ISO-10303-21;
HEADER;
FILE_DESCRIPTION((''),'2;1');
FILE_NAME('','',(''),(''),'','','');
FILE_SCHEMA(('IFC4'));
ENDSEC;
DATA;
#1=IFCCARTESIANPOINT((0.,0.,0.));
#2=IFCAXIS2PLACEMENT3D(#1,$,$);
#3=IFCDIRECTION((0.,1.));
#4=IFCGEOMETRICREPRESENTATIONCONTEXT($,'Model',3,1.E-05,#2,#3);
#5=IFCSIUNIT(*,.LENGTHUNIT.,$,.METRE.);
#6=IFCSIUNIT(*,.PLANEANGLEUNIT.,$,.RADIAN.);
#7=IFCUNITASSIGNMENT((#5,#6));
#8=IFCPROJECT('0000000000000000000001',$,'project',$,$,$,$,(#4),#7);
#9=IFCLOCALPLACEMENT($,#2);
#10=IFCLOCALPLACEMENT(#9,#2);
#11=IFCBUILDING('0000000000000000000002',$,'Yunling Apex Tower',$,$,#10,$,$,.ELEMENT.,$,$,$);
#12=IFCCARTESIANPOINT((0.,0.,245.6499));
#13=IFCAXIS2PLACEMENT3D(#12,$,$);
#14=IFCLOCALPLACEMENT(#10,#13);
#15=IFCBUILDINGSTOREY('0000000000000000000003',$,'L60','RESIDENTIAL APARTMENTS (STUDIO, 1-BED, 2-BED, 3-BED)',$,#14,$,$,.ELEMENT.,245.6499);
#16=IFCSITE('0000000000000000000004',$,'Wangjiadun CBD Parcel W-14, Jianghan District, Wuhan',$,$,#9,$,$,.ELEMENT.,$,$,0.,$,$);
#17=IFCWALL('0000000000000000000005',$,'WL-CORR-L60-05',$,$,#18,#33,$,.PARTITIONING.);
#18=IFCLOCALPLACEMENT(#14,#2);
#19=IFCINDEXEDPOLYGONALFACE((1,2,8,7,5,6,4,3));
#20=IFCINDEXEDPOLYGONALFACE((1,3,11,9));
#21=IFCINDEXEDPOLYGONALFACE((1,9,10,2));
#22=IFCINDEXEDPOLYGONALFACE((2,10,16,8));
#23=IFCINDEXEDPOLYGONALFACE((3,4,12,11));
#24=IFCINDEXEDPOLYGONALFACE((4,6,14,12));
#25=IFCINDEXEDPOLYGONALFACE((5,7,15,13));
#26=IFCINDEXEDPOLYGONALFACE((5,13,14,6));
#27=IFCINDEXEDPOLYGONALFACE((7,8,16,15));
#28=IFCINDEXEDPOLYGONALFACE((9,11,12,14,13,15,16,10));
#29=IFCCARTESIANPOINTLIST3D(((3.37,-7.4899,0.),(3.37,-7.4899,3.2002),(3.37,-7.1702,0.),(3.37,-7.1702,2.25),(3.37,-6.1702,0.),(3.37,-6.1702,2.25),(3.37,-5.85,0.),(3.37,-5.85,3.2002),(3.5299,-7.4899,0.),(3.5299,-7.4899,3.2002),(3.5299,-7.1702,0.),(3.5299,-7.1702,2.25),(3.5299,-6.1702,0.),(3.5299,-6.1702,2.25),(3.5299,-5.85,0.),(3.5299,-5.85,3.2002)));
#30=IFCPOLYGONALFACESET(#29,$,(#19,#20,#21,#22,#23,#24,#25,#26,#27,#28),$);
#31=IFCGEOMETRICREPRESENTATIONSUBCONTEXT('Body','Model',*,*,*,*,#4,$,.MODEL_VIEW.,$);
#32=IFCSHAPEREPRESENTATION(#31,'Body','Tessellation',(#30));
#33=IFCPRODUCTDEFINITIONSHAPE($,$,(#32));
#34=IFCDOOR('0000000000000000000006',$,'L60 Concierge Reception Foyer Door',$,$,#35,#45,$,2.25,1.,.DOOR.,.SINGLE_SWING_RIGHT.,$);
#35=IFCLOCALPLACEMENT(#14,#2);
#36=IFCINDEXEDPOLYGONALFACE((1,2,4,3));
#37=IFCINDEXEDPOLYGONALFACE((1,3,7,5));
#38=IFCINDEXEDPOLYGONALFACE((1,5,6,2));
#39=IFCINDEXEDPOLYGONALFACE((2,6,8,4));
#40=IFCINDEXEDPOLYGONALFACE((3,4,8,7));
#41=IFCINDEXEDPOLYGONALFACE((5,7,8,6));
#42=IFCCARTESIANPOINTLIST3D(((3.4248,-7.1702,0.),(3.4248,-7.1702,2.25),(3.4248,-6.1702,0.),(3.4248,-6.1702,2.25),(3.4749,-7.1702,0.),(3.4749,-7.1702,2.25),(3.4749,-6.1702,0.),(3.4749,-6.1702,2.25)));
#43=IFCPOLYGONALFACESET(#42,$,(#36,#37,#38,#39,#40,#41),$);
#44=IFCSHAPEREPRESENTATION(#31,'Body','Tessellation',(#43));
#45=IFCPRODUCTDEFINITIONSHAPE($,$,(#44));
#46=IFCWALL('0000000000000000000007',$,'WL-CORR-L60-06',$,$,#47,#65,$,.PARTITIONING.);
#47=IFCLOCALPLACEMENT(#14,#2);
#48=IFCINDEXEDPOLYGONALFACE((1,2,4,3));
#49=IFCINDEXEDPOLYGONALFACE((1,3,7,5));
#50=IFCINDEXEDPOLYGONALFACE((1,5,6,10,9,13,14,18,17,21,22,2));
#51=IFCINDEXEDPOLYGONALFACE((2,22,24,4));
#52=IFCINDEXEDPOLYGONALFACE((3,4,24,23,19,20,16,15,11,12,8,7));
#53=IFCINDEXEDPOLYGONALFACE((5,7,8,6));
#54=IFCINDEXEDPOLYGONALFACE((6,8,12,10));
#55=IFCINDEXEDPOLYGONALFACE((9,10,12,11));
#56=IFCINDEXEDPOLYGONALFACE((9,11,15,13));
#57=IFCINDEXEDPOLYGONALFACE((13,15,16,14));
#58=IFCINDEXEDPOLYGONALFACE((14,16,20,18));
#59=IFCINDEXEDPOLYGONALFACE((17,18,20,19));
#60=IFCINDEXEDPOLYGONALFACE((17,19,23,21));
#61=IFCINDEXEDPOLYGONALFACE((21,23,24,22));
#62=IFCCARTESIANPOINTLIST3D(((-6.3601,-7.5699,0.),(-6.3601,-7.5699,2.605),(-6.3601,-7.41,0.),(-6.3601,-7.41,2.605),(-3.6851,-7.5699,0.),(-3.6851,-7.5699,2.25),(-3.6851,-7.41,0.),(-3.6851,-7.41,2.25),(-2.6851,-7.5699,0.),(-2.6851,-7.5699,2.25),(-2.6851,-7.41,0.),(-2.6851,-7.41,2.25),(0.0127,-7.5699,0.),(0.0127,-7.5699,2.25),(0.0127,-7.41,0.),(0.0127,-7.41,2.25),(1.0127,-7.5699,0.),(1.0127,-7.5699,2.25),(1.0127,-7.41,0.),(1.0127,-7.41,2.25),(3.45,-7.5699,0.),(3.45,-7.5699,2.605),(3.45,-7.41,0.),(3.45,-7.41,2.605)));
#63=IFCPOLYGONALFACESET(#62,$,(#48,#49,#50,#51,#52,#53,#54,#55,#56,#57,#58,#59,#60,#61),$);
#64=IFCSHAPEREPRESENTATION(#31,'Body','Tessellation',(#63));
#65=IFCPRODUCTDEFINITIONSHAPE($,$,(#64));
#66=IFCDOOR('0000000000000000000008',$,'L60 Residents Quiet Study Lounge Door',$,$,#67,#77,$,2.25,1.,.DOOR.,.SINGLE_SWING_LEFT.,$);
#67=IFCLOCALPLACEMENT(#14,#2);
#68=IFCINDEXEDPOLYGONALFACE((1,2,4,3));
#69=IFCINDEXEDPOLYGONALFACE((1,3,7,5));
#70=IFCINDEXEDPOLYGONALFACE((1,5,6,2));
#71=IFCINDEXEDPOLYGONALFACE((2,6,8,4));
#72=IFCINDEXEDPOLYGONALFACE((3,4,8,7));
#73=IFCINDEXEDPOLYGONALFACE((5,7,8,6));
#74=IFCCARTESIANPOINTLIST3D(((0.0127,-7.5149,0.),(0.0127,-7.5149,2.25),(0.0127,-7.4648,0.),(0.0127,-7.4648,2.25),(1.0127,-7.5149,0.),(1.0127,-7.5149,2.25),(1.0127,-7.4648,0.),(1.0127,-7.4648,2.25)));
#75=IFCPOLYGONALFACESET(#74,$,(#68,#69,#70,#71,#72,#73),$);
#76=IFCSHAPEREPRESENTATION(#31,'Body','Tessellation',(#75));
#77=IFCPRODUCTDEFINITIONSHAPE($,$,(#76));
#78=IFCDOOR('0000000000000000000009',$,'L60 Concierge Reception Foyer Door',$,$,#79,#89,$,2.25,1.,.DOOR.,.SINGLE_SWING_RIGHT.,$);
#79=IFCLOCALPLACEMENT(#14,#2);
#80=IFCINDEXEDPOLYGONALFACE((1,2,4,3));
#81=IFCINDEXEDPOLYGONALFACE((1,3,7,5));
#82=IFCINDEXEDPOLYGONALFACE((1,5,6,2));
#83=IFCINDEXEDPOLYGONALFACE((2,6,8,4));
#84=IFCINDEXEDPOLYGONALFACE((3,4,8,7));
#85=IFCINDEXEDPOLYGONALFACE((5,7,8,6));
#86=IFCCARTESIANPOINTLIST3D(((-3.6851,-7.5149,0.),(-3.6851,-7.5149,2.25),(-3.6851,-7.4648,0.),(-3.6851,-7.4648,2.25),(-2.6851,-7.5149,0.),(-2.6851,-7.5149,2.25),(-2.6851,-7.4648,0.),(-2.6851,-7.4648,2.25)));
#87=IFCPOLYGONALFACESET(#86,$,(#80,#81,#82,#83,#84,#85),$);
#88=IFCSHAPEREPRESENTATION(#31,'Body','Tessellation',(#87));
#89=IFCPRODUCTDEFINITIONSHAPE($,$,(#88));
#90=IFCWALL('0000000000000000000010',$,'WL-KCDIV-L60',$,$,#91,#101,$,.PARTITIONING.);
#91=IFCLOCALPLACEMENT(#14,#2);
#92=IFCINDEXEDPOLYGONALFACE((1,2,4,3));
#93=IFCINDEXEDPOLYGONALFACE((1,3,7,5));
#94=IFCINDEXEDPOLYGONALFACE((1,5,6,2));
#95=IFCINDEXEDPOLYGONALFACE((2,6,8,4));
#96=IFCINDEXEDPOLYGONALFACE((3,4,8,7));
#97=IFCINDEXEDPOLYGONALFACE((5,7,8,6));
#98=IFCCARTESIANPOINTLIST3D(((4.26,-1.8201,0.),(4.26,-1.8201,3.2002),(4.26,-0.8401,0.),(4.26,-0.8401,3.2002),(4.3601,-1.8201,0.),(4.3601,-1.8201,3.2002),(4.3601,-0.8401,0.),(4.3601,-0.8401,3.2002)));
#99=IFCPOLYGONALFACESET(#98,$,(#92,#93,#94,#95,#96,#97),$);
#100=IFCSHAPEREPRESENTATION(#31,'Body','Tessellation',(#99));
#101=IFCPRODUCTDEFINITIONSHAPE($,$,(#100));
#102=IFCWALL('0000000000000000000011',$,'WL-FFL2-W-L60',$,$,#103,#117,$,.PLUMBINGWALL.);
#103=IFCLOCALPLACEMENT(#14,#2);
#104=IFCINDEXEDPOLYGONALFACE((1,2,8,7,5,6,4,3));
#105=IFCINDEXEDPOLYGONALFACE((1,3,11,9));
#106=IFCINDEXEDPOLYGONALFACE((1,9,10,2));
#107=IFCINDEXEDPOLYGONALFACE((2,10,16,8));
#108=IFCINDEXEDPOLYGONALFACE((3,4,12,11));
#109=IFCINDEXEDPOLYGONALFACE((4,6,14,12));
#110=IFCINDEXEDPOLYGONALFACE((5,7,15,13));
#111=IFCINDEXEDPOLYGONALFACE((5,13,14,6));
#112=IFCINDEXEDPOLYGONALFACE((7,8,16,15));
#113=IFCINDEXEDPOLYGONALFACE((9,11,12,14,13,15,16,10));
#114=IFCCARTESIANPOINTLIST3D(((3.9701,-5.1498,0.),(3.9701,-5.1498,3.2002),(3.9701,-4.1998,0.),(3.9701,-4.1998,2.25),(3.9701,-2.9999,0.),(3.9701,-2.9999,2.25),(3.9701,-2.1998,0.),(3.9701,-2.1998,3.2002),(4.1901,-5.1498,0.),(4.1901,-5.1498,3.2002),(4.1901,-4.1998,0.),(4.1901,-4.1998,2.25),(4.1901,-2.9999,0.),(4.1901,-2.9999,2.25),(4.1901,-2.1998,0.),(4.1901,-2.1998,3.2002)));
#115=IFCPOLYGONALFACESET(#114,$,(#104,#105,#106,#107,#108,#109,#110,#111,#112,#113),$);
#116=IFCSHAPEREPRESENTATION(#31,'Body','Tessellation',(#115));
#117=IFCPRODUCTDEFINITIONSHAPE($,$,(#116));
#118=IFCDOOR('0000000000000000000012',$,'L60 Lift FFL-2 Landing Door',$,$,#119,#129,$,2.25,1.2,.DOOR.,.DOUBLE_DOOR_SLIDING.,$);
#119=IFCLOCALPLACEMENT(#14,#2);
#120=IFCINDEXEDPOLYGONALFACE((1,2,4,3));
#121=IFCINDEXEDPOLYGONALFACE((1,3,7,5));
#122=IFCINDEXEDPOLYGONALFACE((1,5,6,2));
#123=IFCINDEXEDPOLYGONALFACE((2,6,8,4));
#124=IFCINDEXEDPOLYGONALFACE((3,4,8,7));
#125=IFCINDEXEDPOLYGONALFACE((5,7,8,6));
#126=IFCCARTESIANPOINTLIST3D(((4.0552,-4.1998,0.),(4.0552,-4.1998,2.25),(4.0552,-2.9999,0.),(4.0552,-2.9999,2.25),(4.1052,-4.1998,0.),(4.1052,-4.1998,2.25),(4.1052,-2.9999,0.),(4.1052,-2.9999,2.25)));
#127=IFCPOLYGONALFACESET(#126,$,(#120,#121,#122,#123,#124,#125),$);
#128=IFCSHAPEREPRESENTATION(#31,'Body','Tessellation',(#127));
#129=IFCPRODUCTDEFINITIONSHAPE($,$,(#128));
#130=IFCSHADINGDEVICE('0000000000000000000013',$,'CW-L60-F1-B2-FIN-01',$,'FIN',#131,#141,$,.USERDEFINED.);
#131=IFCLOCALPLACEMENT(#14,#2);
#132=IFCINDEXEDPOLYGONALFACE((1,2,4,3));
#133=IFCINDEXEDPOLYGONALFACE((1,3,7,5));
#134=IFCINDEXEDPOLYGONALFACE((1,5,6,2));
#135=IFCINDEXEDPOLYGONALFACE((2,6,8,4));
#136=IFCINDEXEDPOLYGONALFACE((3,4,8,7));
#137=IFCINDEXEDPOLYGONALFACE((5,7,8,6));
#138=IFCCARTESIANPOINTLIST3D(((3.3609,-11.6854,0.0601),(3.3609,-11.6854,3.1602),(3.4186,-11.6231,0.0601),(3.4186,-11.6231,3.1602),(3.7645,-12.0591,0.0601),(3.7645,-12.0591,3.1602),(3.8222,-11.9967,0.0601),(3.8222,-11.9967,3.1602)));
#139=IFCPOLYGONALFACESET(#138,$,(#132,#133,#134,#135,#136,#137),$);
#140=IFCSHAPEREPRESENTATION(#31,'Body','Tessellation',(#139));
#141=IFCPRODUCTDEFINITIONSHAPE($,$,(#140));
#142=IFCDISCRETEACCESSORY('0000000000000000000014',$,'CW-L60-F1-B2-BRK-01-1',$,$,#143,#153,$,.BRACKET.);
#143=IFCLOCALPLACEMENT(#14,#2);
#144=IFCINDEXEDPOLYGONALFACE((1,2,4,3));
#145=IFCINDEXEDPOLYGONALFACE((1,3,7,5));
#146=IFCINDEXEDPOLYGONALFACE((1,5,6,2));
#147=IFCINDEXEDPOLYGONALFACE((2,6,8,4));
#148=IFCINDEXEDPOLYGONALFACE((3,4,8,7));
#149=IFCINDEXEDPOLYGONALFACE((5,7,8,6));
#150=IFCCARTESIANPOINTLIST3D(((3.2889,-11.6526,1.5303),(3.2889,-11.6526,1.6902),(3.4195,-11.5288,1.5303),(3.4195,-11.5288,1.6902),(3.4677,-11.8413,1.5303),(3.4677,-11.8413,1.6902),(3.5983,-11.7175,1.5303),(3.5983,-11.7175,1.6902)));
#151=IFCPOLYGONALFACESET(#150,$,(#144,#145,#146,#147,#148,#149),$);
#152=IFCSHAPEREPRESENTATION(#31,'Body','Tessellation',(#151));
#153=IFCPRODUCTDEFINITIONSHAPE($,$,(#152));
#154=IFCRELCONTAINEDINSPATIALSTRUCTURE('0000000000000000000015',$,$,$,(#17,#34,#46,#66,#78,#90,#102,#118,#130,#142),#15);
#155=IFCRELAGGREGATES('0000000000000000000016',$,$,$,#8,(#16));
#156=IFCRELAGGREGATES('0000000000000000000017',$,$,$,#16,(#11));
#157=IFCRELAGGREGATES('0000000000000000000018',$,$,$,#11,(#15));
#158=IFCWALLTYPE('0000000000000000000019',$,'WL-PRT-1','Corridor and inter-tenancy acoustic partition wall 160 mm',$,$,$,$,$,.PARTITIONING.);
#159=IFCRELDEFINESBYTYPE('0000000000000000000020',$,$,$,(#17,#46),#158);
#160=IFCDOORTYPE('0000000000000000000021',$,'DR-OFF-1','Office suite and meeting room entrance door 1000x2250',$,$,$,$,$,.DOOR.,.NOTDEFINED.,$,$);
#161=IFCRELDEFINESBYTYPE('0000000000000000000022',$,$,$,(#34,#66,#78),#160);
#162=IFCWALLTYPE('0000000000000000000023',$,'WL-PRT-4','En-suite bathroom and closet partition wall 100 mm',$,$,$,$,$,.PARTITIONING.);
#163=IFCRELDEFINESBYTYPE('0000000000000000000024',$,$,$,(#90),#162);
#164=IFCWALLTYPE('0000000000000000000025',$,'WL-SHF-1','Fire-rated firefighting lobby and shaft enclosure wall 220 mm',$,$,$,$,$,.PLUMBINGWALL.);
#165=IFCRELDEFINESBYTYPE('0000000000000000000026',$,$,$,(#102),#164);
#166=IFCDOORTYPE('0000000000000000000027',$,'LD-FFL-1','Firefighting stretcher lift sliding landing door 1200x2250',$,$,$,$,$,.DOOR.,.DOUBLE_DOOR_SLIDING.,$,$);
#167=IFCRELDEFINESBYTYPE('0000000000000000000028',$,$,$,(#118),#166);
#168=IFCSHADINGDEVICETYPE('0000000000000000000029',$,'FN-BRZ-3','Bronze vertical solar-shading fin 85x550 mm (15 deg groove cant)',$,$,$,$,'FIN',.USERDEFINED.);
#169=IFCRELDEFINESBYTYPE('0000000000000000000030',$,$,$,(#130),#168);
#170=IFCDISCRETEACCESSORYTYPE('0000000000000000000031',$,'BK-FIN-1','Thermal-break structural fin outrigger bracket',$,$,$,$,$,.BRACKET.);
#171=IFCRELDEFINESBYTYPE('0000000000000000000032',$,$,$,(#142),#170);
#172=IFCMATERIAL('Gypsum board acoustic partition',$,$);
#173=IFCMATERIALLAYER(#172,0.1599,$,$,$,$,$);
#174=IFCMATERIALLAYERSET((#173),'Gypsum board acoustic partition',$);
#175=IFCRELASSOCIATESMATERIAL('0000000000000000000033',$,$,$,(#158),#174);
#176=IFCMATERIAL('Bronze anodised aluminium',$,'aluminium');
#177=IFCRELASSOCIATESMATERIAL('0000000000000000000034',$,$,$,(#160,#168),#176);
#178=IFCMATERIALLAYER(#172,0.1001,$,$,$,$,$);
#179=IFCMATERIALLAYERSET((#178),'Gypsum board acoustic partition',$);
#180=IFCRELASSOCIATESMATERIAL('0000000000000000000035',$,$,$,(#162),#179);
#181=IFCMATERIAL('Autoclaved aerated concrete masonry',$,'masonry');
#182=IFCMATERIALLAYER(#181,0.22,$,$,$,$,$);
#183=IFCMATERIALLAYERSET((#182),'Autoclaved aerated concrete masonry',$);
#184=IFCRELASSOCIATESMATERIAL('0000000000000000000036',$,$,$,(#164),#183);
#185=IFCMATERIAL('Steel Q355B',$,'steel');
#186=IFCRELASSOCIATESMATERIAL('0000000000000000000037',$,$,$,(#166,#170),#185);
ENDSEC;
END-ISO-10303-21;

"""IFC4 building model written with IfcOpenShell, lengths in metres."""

from ifc_helpers import new_model, si_unit, direction, frame, frame_2d, origin, origin_2d, place, context, subcontext, project, spatial, rectangle, extrude, source, transform, mapped, material, layer, layer_set, material_profile, profile_set, type_object, element, fill, save


model = new_model("IFC4")

# Units and contexts
model_context = context("Model", 3, precision=1e-05, world=origin(), true_north=direction((0.0, 1.0)))
body_context = subcontext(model_context, "Body", "Model", "MODEL_VIEW")
ifc_project = project(units=[si_unit("LENGTHUNIT", "METRE"), si_unit("PLANEANGLEUNIT", "RADIAN")], contexts=[model_context])

# Site, building, storey
site_placement = place(None, origin())
site = spatial("IfcSite", under=ifc_project, at=site_placement, Name="Wangjiadun CBD Parcel W-14, Jianghan District, Wuhan", CompositionType="ELEMENT", RefElevation=0.0)
building_placement = place(site_placement, origin())
building = spatial("IfcBuilding", under=site, at=building_placement, Name="Yunling Apex Tower", CompositionType="ELEMENT")
storey_placement = place(building_placement, frame((0.0, 0.0, 245.6499)))
storey = spatial("IfcBuildingStorey", under=building, at=storey_placement, Name="L60", Description="RESIDENTIAL APARTMENTS (STUDIO, 1-BED, 2-BED, 3-BED)", CompositionType="ELEMENT", Elevation=245.6499)

# Shared definitions
ifc_material_1 = material(Name="Steel Q355B", Category="steel")

# Shared definitions
ifc_material_2 = material(Name="Bronze anodised aluminium", Category="aluminium")

# Wall, opening, door
ifc_material_3 = material(Name="Gypsum board acoustic partition")
ifc_layer_1 = layer(ifc_material_3, 0.1599)
ifc_layer_set_1 = layer_set([ifc_layer_1], Name="Gypsum board acoustic partition")
wall_type_1 = type_object("IfcWallType", Name="WL-PRT-1", Description="Corridor and inter-tenancy acoustic partition wall 160 mm", PredefinedType="PARTITIONING", material=ifc_layer_set_1)
wall_1_placement = place(storey_placement, frame((3.45, -5.8501, 0.0), z_axis=(0.0, 0.0, 1.0), x_axis=(0.0, -1.0, 0.0)))
wall_1 = element("IfcWall", 1, at=wall_1_placement, inside=storey, type_object=wall_type_1, Name="WL-CORR-L60-05", PredefinedType="PARTITIONING", context=body_context, shape_type="SweptSolid", body=[
    extrude(rectangle(XDim=1.6399, YDim=0.1599, at=frame_2d((0.8198, 0.0))), origin(), (0.0, 0.0, 1.0), 3.2002),
])
opening_1_placement = place(wall_1_placement, frame((0.3201, 0.0, 0.0)))
opening_1 = element("IfcOpeningElement", 2, at=opening_1_placement, cuts=wall_1, PredefinedType="OPENING", context=body_context, shape_type="SweptSolid", body=[
    extrude(rectangle(XDim=1.0, YDim=2.25, at=frame_2d((0.5, 1.125))), frame((0.0, 0.0898, 0.0), z_axis=(0.0, -1.0, 0.0), x_axis=(1.0, 0.0, 0.0)), (0.0, 0.0, 1.0), 0.1799),
])
door_type_1 = type_object("IfcDoorType", Name="DR-OFF-1", Description="Office suite and meeting room entrance door 1000x2250", OperationType="NOTDEFINED", PredefinedType="DOOR", material=ifc_material_2)
door_1_placement = place(opening_1_placement, origin())
door_1 = element("IfcDoor", 3, at=door_1_placement, inside=storey, type_object=door_type_1, Name="L60 Concierge Reception Foyer Door", OperationType="SINGLE_SWING_RIGHT", OverallHeight=2.25, OverallWidth=1.0, PredefinedType="DOOR", context=body_context, shape_type="SweptSolid", body=[
    extrude(rectangle(XDim=1.0, YDim=2.25, at=frame_2d((0.5, 1.125))), frame((0.0, 0.0249, 0.0), z_axis=(0.0, -1.0, 0.0), x_axis=(1.0, 0.0, 0.0)), (0.0, 0.0, 1.0), 0.05),
])
fill(opening_1, door_1)

# Wall, openings, doors
wall_2_placement = place(storey_placement, frame((3.45, -7.49, 0.0), z_axis=(0.0, 0.0, 1.0), x_axis=(-1.0, 0.0, 0.0)))
wall_2 = element("IfcWall", 4, at=wall_2_placement, inside=storey, type_object=wall_type_1, Name="WL-CORR-L60-06", PredefinedType="PARTITIONING", context=body_context, shape_type="SweptSolid", body=[
    extrude(rectangle(XDim=9.8101, YDim=0.1599, at=frame_2d((4.905, 0.0))), origin(), (0.0, 0.0, 1.0), 2.605),
])
opening_2_placement = place(wall_2_placement, frame((2.4373, 0.0, 0.0)))
opening_2 = element("IfcOpeningElement", 5, at=opening_2_placement, cuts=wall_2, PredefinedType="OPENING", context=body_context, shape_type="SweptSolid", body=[
    extrude(rectangle(XDim=1.0, YDim=2.25, at=frame_2d((0.5, 1.125))), frame((0.0, 0.0898, 0.0), z_axis=(0.0, -1.0, 0.0), x_axis=(1.0, 0.0, 0.0)), (0.0, 0.0, 1.0), 0.1799),
])
opening_3_placement = place(wall_2_placement, frame((6.135, 0.0, 0.0)))
opening_3 = element("IfcOpeningElement", 6, at=opening_3_placement, cuts=wall_2, PredefinedType="OPENING", context=body_context, shape_type="SweptSolid", body=[
    extrude(rectangle(XDim=1.0, YDim=2.25, at=frame_2d((0.5, 1.125))), frame((0.0, 0.0898, 0.0), z_axis=(0.0, -1.0, 0.0), x_axis=(1.0, 0.0, 0.0)), (0.0, 0.0, 1.0), 0.1799),
])
door_2_placement = place(opening_2_placement, origin())
door_2 = element("IfcDoor", 7, at=door_2_placement, inside=storey, type_object=door_type_1, Name="L60 Residents Quiet Study Lounge Door", OperationType="SINGLE_SWING_LEFT", OverallHeight=2.25, OverallWidth=1.0, PredefinedType="DOOR", context=body_context, shape_type="SweptSolid", body=[
    extrude(rectangle(XDim=1.0, YDim=2.25, at=frame_2d((0.5, 1.125))), frame((0.0, 0.0249, 0.0), z_axis=(0.0, -1.0, 0.0), x_axis=(1.0, 0.0, 0.0)), (0.0, 0.0, 1.0), 0.05),
])
fill(opening_2, door_2)
door_3_placement = place(opening_3_placement, origin())
door_3 = element("IfcDoor", 8, at=door_3_placement, inside=storey, type_object=door_type_1, Name="L60 Concierge Reception Foyer Door", OperationType="SINGLE_SWING_RIGHT", OverallHeight=2.25, OverallWidth=1.0, PredefinedType="DOOR", context=body_context, shape_type="SweptSolid", body=[
    extrude(rectangle(XDim=1.0, YDim=2.25, at=frame_2d((0.5, 1.125))), frame((0.0, 0.0249, 0.0), z_axis=(0.0, -1.0, 0.0), x_axis=(1.0, 0.0, 0.0)), (0.0, 0.0, 1.0), 0.05),
])
fill(opening_3, door_3)

# Wall
ifc_layer_2 = layer(ifc_material_3, 0.1001)
ifc_layer_set_2 = layer_set([ifc_layer_2], Name="Gypsum board acoustic partition")
wall_type_2 = type_object("IfcWallType", Name="WL-PRT-4", Description="En-suite bathroom and closet partition wall 100 mm", PredefinedType="PARTITIONING", material=ifc_layer_set_2)
wall_3_placement = place(storey_placement, frame((4.3101, -1.8201, 0.0), z_axis=(0.0, 0.0, 1.0), x_axis=(0.0, 1.0, 0.0)))
element("IfcWall", 9, at=wall_3_placement, inside=storey, type_object=wall_type_2, Name="WL-KCDIV-L60", PredefinedType="PARTITIONING", context=body_context, shape_type="SweptSolid", body=[
    extrude(rectangle(XDim=0.98, YDim=0.1001, at=frame_2d((0.49, 0.0))), origin(), (0.0, 0.0, 1.0), 3.2002),
])

# Wall, opening, door
ifc_material_4 = material(Name="Autoclaved aerated concrete masonry", Category="masonry")
ifc_layer_3 = layer(ifc_material_4, 0.22)
ifc_layer_set_3 = layer_set([ifc_layer_3], Name="Autoclaved aerated concrete masonry")
wall_type_3 = type_object("IfcWallType", Name="WL-SHF-1", Description="Fire-rated firefighting lobby and shaft enclosure wall 220 mm", PredefinedType="PLUMBINGWALL", material=ifc_layer_set_3)
wall_4_placement = place(storey_placement, frame((4.0801, -5.1499, 0.0), z_axis=(0.0, 0.0, 1.0), x_axis=(0.0, 1.0, 0.0)))
wall_4 = element("IfcWall", 10, at=wall_4_placement, inside=storey, type_object=wall_type_3, Name="WL-FFL2-W-L60", PredefinedType="PLUMBINGWALL", context=body_context, shape_type="SweptSolid", body=[
    extrude(rectangle(XDim=2.95, YDim=0.22, at=frame_2d((1.4751, 0.0))), origin(), (0.0, 0.0, 1.0), 3.2002),
])
opening_4_placement = place(wall_4_placement, frame((0.95, 0.0, 0.0)))
opening_4 = element("IfcOpeningElement", 11, at=opening_4_placement, cuts=wall_4, PredefinedType="OPENING", context=body_context, shape_type="SweptSolid", body=[
    extrude(rectangle(XDim=1.2, YDim=2.25, at=frame_2d((0.6001, 1.125))), frame((0.0, 0.1201, 0.0), z_axis=(0.0, -1.0, 0.0), x_axis=(1.0, 0.0, 0.0)), (0.0, 0.0, 1.0), 0.24),
])
door_type_2 = type_object("IfcDoorType", Name="LD-FFL-1", Description="Firefighting stretcher lift sliding landing door 1200x2250", OperationType="DOUBLE_DOOR_SLIDING", PredefinedType="DOOR", material=ifc_material_1)
door_4_placement = place(opening_4_placement, origin())
door_4 = element("IfcDoor", 12, at=door_4_placement, inside=storey, type_object=door_type_2, Name="L60 Lift FFL-2 Landing Door", OperationType="DOUBLE_DOOR_SLIDING", OverallHeight=2.25, OverallWidth=1.2, PredefinedType="DOOR", context=body_context, shape_type="SweptSolid", body=[
    extrude(rectangle(XDim=1.2, YDim=2.25, at=frame_2d((0.6001, 1.125))), frame((0.0, 0.0249, 0.0), z_axis=(0.0, -1.0, 0.0), x_axis=(1.0, 0.0, 0.0)), (0.0, 0.0, 1.0), 0.05),
])
fill(opening_4, door_4)

# Shading device
ifc_material_profile_1 = material_profile(ifc_material_2, rectangle(XDim=0.085, YDim=0.55, at=origin_2d()))
ifc_profile_set_1 = profile_set([ifc_material_profile_1], Name="Bronze anodised aluminium")
shading_device_type = type_object("IfcShadingDeviceType", Name="FN-BRZ-3", Description="Bronze vertical solar-shading fin 85x550 mm (15 deg groove cant)", ElementType="FIN", PredefinedType="USERDEFINED", material=ifc_profile_set_1)
shared_shape_1 = source(origin(), body_context, "Body", "SweptSolid", [
    extrude(rectangle(XDim=0.085, YDim=0.55, at=origin_2d()), origin(), (0.0, 0.0, 1.0), 3.1001),
])
shading_device_placement = place(storey_placement, frame((3.5916, -11.8411, 0.0601), z_axis=(0.0, 0.0, 1.0), x_axis=(0.679313, 0.733848, 0.0)))
element("IfcShadingDevice", 13, at=shading_device_placement, inside=storey, type_object=shading_device_type, Name="CW-L60-F1-B2-FIN-01", ObjectType="FIN", PredefinedType="USERDEFINED", context=body_context, shape_type="MappedRepresentation", body=[
    mapped(shared_shape_1, transform((0.0, 0.0, 0.0), scale=1.0)),
])

# Discrete accessory
discrete_accessory_type = type_object("IfcDiscreteAccessoryType", Name="BK-FIN-1", Description="Thermal-break structural fin outrigger bracket", PredefinedType="BRACKET", material=ifc_material_1)
shared_shape_2 = source(origin(), body_context, "Body", "SweptSolid", [
    extrude(rectangle(XDim=0.1799, YDim=0.26, at=origin_2d()), origin(), (0.0, 0.0, 1.0), 0.1599),
])
discrete_accessory_placement = place(storey_placement, frame((3.4436, -11.6851, 1.5303), z_axis=(0.0, 0.0, 1.0), x_axis=(0.725855, 0.687848, 0.0)))
element("IfcDiscreteAccessory", 14, at=discrete_accessory_placement, inside=storey, type_object=discrete_accessory_type, Name="CW-L60-F1-B2-BRK-01-1", PredefinedType="BRACKET", context=body_context, shape_type="MappedRepresentation", body=[
    mapped(shared_shape_2, transform((0.0, 0.0, 0.0), scale=1.0)),
])

save(model, "model.ifc")
